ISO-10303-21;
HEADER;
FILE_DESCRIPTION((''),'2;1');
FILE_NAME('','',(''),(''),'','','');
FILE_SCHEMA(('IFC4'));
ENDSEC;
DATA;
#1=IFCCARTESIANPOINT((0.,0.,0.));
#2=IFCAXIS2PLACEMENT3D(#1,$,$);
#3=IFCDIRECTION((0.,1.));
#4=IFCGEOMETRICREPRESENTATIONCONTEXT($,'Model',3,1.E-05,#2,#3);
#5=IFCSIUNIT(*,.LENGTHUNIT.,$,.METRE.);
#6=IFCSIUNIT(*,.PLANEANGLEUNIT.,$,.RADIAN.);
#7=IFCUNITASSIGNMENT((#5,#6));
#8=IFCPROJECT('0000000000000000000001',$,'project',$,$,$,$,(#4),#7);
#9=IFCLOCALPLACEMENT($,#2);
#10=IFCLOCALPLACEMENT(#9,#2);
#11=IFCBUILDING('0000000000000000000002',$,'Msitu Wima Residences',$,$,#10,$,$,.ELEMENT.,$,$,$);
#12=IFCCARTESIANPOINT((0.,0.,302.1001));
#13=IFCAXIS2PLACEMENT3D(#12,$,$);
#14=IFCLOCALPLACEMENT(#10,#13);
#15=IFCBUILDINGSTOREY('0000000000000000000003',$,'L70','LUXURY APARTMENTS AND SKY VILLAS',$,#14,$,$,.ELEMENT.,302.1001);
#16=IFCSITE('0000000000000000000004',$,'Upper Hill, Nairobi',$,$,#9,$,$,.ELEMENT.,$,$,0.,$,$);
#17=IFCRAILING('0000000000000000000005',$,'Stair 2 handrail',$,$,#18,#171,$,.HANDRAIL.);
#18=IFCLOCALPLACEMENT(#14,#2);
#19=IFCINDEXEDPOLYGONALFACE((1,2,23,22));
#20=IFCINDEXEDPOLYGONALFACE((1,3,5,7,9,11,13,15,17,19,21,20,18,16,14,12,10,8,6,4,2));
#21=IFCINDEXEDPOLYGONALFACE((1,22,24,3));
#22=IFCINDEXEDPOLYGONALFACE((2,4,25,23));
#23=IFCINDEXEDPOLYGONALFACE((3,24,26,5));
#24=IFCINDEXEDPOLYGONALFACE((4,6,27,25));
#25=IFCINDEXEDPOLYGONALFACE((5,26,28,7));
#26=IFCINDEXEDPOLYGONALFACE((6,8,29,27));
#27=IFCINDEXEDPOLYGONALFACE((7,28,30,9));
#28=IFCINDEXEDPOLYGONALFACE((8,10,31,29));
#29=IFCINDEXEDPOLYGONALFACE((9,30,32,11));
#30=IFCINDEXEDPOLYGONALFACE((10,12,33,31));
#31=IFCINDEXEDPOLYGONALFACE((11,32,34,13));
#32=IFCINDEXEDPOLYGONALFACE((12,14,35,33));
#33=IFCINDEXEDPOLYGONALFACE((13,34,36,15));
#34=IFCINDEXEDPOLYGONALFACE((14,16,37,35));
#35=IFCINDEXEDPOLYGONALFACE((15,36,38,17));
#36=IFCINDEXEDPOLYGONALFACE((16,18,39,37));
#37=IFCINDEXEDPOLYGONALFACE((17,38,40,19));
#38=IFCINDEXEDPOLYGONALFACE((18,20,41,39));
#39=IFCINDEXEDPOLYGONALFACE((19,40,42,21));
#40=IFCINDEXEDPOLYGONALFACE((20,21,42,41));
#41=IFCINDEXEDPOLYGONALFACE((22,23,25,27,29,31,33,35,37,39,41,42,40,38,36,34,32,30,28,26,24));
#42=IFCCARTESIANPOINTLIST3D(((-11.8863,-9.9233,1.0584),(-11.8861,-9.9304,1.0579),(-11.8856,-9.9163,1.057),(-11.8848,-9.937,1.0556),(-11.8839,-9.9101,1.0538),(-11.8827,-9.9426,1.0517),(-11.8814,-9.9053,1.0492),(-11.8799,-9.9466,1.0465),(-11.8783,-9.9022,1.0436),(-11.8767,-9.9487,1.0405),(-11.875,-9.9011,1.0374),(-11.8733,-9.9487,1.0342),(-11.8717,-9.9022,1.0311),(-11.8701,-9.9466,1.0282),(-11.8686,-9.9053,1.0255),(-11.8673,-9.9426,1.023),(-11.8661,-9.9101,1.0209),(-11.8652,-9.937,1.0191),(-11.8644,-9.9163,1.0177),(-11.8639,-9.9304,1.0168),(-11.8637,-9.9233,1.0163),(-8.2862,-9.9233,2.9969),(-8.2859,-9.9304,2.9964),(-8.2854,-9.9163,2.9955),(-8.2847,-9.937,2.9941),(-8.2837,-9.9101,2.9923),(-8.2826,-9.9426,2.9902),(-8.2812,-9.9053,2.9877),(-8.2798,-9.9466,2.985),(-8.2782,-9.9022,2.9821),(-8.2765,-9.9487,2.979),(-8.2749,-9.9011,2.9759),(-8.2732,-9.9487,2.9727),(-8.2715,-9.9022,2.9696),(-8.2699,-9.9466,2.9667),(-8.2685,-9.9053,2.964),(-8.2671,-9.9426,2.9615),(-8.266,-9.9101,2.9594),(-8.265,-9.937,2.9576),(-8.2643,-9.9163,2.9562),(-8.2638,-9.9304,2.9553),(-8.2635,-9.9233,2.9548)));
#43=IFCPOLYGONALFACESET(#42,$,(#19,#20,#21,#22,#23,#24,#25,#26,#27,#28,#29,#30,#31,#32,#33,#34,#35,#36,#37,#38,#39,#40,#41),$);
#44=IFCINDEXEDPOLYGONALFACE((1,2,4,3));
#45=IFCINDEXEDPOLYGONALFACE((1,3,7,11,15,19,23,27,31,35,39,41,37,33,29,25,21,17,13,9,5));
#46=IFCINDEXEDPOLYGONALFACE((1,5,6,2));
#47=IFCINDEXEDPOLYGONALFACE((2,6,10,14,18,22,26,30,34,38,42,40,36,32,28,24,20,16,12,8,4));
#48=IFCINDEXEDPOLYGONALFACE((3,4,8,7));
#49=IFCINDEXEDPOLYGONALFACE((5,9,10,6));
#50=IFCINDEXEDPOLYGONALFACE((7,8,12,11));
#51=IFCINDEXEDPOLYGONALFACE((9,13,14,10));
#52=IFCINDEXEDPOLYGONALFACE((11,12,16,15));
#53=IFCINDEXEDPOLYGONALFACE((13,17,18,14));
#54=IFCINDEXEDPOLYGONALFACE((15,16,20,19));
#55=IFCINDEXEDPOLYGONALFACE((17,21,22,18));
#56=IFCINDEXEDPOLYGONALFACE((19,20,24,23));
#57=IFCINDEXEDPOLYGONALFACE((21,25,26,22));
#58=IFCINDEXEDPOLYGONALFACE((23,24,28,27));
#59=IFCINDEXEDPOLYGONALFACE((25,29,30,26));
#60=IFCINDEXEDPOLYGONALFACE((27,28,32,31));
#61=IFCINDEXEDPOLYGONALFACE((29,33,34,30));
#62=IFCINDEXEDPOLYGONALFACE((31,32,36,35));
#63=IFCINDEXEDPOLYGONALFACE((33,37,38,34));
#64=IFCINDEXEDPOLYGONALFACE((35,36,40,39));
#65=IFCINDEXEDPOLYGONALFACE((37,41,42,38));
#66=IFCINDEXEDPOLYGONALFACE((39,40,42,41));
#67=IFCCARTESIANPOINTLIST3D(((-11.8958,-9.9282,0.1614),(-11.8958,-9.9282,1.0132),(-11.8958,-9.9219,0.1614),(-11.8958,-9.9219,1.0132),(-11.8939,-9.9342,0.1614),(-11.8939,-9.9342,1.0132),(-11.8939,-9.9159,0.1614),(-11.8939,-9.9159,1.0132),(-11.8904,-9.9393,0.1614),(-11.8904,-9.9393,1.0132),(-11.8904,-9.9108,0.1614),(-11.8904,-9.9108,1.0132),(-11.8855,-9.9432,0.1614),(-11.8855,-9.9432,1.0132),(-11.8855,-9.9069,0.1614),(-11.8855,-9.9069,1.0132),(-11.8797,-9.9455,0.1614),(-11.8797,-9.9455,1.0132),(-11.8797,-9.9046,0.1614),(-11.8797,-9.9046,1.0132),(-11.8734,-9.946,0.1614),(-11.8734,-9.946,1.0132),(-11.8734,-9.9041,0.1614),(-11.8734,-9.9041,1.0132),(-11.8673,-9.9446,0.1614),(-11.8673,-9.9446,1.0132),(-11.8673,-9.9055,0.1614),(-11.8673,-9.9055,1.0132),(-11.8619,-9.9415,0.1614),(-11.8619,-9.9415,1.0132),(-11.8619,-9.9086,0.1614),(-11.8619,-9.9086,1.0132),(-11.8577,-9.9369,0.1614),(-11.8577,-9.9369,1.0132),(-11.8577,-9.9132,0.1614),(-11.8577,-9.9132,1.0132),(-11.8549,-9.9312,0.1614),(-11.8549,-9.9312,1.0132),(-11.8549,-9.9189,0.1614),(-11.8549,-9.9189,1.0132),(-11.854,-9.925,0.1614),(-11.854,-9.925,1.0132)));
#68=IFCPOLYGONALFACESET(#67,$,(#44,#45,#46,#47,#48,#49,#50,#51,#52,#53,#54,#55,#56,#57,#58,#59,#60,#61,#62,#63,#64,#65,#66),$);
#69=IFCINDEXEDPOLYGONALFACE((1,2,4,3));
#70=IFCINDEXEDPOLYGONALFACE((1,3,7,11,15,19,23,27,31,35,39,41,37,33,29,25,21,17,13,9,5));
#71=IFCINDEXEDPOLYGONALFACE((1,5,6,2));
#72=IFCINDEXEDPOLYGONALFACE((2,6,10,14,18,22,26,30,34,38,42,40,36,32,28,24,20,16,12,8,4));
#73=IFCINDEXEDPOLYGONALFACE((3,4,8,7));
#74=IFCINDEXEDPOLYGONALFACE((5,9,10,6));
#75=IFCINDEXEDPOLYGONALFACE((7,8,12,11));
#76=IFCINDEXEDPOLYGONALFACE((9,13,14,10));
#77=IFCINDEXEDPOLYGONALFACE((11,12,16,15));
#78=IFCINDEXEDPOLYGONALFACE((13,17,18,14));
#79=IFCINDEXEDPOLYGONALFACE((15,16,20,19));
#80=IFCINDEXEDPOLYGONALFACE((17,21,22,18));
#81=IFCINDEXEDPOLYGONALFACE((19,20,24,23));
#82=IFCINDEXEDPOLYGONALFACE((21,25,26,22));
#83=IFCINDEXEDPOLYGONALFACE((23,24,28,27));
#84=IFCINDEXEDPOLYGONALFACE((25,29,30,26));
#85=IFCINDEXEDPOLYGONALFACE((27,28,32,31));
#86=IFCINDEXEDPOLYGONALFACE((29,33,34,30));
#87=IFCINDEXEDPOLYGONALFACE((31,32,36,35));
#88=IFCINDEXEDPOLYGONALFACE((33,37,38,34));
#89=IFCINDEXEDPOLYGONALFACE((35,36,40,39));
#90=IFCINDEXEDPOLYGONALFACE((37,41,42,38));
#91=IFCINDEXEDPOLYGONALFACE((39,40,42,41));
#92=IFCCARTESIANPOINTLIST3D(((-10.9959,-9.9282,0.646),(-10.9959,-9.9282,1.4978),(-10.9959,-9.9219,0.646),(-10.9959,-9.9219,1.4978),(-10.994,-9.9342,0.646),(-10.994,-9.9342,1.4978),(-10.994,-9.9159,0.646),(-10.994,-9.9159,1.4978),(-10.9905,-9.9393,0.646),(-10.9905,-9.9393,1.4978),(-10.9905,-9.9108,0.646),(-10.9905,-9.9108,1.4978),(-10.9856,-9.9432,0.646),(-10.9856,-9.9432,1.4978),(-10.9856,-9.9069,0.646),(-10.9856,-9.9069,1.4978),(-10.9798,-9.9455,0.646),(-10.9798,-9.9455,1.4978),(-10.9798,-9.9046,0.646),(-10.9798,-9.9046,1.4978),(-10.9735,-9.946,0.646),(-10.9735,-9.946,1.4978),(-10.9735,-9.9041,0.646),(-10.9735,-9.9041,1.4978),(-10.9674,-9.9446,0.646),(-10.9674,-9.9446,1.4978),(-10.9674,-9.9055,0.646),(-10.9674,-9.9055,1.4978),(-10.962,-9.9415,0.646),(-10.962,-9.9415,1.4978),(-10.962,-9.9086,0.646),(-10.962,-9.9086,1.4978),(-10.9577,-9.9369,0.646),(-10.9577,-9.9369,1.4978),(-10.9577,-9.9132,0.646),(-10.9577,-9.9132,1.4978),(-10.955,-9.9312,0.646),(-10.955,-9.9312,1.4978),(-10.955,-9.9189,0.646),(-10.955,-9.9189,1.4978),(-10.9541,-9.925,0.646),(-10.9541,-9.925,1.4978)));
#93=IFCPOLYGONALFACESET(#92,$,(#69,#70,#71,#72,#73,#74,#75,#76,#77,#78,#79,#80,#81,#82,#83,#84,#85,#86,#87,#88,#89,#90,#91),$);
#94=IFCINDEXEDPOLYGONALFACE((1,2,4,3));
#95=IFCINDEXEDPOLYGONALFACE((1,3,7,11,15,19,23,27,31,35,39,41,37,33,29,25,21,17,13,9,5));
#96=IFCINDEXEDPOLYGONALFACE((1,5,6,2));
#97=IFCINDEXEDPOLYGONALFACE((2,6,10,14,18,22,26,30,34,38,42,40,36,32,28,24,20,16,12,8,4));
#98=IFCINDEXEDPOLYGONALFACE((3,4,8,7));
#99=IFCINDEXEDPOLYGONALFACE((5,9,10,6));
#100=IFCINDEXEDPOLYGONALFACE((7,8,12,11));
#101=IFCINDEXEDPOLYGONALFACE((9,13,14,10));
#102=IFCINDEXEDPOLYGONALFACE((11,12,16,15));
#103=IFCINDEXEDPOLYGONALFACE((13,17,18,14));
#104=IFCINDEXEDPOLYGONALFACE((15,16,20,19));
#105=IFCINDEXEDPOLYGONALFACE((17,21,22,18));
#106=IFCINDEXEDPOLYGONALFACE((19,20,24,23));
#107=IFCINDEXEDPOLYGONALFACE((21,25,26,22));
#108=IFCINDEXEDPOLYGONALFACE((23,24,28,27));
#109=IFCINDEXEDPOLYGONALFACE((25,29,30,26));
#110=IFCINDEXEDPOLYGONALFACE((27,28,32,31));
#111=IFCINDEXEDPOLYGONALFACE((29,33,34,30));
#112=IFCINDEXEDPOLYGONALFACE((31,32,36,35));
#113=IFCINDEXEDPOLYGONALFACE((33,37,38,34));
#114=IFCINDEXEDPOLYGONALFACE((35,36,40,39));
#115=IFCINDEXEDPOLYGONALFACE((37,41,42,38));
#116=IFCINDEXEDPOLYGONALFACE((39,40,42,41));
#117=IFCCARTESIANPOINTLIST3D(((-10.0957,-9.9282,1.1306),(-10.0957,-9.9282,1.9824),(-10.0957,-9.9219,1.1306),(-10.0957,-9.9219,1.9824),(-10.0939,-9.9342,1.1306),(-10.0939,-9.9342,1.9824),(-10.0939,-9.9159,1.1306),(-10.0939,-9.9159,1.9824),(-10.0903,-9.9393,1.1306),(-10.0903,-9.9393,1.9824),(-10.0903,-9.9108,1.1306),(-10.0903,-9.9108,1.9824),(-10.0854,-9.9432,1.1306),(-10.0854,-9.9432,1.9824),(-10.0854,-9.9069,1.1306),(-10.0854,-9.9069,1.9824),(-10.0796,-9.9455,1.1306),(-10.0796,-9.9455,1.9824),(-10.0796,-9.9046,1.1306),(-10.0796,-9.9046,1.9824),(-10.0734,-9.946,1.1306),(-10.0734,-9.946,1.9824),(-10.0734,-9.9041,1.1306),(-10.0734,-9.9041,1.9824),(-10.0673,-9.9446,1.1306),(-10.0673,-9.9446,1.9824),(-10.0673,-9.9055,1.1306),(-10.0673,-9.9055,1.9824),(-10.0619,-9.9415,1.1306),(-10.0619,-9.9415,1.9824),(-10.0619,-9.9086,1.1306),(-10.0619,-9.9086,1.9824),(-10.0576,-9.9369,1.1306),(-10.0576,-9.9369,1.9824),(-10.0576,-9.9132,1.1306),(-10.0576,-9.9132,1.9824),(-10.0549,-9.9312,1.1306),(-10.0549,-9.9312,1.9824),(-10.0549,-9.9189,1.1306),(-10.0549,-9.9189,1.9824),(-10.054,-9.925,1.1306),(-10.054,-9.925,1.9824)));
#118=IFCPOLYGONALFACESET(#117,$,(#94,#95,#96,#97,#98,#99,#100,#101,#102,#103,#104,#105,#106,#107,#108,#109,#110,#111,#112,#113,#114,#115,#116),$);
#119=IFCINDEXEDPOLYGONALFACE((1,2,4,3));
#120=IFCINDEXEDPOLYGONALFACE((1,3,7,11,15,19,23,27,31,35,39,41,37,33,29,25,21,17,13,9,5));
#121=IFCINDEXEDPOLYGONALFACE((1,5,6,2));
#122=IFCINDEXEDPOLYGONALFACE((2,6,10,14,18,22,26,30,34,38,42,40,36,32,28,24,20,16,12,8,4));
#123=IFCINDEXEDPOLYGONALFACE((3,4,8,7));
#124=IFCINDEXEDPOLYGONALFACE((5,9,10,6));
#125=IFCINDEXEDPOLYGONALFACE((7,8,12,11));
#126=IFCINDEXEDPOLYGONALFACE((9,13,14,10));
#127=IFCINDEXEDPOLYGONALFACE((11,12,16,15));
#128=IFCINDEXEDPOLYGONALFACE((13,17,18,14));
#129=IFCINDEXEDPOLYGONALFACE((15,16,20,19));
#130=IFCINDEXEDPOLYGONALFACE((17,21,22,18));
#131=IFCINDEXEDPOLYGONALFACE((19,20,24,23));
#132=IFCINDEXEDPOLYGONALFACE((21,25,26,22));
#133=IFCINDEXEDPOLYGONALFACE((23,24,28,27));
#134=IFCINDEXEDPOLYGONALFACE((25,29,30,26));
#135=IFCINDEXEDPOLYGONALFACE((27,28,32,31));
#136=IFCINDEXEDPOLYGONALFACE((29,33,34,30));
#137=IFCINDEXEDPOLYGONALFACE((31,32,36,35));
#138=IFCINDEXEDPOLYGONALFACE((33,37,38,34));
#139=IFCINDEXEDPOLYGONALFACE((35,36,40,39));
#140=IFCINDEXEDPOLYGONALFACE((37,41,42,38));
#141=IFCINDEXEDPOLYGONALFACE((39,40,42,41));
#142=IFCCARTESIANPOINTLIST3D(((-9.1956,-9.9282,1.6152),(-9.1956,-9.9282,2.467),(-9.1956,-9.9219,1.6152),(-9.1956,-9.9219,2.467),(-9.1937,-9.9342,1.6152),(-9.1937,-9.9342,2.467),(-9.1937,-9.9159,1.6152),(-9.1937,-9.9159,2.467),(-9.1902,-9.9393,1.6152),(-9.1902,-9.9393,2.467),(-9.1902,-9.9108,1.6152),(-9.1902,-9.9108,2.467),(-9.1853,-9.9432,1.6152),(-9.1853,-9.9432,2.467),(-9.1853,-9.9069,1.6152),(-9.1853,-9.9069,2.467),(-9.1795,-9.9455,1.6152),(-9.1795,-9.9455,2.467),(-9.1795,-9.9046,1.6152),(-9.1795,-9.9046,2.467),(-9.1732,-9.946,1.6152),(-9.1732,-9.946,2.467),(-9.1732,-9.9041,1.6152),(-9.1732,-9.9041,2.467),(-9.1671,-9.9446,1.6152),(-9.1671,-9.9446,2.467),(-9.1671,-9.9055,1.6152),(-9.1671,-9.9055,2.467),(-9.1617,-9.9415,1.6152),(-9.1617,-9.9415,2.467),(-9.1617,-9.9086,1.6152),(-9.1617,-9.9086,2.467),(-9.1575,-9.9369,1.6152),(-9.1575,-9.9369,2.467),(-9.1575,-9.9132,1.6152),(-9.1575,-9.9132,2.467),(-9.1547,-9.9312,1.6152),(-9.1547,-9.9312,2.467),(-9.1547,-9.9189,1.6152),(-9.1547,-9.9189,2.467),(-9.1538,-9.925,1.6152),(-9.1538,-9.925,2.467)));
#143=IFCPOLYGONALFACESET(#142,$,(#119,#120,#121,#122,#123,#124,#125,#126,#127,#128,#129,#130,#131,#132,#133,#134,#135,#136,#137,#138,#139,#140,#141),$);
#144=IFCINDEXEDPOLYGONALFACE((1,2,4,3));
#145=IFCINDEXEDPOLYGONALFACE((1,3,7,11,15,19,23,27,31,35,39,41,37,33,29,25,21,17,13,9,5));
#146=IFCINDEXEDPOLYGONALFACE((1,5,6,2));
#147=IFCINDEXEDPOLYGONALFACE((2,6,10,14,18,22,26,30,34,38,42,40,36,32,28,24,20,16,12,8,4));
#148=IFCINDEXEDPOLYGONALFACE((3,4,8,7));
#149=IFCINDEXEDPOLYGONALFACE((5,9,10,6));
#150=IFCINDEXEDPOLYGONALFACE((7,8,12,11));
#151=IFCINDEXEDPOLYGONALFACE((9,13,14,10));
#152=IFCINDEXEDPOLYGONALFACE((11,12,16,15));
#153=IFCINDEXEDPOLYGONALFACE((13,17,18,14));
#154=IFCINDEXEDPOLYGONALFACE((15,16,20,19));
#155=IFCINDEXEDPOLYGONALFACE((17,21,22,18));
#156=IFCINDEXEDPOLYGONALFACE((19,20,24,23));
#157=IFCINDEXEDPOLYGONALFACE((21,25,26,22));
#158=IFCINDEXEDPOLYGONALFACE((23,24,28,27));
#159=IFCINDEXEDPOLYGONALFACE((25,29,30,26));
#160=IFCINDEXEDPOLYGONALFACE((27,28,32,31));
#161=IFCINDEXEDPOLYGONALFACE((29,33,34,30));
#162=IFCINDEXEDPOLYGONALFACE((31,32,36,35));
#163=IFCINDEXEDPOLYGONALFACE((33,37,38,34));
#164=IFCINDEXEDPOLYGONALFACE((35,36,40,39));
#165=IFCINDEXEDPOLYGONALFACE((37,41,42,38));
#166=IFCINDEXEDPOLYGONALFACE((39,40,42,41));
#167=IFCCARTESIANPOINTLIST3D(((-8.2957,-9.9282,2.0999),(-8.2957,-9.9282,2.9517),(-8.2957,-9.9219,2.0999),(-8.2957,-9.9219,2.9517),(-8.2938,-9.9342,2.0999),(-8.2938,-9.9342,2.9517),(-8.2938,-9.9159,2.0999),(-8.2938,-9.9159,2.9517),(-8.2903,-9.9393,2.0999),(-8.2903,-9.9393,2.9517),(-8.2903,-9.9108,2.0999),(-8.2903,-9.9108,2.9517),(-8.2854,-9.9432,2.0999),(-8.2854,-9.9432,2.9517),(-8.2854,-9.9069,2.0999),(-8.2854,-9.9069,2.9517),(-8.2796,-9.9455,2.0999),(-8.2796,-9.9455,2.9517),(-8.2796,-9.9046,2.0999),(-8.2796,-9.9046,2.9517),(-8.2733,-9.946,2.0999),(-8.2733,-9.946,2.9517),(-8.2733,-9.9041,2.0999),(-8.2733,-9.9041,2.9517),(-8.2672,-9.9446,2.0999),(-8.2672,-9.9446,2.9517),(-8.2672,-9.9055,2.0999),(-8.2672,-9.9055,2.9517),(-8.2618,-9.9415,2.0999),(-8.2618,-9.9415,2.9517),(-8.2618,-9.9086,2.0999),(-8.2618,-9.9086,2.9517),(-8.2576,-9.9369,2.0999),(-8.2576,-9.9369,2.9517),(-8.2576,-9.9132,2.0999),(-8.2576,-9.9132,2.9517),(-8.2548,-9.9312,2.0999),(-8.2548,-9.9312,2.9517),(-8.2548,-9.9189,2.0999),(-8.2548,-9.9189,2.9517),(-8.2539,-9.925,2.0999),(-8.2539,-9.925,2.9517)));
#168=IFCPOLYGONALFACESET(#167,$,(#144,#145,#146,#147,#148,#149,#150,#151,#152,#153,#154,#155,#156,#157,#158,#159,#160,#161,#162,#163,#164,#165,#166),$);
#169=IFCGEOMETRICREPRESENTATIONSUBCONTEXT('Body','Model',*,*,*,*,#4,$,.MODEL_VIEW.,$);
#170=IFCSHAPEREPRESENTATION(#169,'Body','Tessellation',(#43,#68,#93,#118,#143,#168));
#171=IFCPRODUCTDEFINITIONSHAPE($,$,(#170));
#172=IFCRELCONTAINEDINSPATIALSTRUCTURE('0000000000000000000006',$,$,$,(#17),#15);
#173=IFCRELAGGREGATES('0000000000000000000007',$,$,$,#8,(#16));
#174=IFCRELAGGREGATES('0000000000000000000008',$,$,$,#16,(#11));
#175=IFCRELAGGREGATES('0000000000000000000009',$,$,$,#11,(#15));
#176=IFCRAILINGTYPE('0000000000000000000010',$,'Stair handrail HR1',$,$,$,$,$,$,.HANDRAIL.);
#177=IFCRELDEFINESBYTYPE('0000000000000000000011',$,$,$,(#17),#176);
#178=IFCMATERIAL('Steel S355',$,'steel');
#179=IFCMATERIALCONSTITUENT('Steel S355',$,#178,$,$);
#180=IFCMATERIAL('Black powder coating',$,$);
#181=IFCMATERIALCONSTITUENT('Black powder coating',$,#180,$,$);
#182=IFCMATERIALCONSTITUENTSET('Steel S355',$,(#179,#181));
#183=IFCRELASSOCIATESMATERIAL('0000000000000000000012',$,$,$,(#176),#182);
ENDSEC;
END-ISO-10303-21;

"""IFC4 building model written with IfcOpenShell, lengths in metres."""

from ifc_helpers import new_model, si_unit, direction, frame, origin, origin_2d, place, context, subcontext, project, spatial, circle, extrude, material, constituent, constituent_set, type_object, element, save


model = new_model("IFC4")

# Units and contexts
model_context = context("Model", 3, precision=1e-05, world=origin(), true_north=direction((0.0, 1.0)))
body_context = subcontext(model_context, "Body", "Model", "MODEL_VIEW")
ifc_project = project(units=[si_unit("LENGTHUNIT", "METRE"), si_unit("PLANEANGLEUNIT", "RADIAN")], contexts=[model_context])

# Site, building, storey
site_placement = place(None, origin())
site = spatial("IfcSite", under=ifc_project, at=site_placement, Name="Upper Hill, Nairobi", CompositionType="ELEMENT", RefElevation=0.0)
building_placement = place(site_placement, origin())
building = spatial("IfcBuilding", under=site, at=building_placement, Name="Msitu Wima Residences", CompositionType="ELEMENT")
storey_placement = place(building_placement, frame((0.0, 0.0, 302.1001)))
storey = spatial("IfcBuildingStorey", under=building, at=storey_placement, Name="L70", Description="LUXURY APARTMENTS AND SKY VILLAS", CompositionType="ELEMENT", Elevation=302.1001)

# Railing
ifc_material_1 = material(Name="Steel S355", Category="steel")
ifc_constituent_1 = constituent(ifc_material_1, Name="Steel S355")
ifc_material_2 = material(Name="Black powder coating")
ifc_constituent_2 = constituent(ifc_material_2, Name="Black powder coating")
ifc_constituent_set = constituent_set(constituents=[ifc_constituent_1, ifc_constituent_2], Name="Steel S355")
railing_type = type_object("IfcRailingType", Name="Stair handrail HR1", PredefinedType="HANDRAIL", material=ifc_constituent_set)
for number, where, name in (
    (1, (-11.875, -9.925, 0.1614), "Stair 2 handrail"),
):
    element("IfcRailing", number, at=place(storey_placement, frame(where)), inside=storey, type_object=railing_type, Name=name, PredefinedType="HANDRAIL", context=body_context, shape_type="SweptSolid", body=[
        extrude(circle(Radius=0.0239, at=origin_2d()), frame((0.0, 0.0, 0.876), z_axis=(0.880475, 0.0, 0.474093), x_axis=(0.0, 1.0, 0.0)), (0.0, 0.0, 1.0), 4.0889),
        extrude(circle(Radius=0.021, at=origin_2d()), origin(), (0.0, 0.0, 1.0), 0.8518),
        extrude(circle(Radius=0.021, at=origin_2d()), frame((0.8999, 0.0, 0.4846)), (0.0, 0.0, 1.0), 0.8518),
        extrude(circle(Radius=0.021, at=origin_2d()), frame((1.8, 0.0, 0.9692)), (0.0, 0.0, 1.0), 0.8518),
        extrude(circle(Radius=0.021, at=origin_2d()), frame((2.7002, 0.0, 1.4539)), (0.0, 0.0, 1.0), 0.8518),
        extrude(circle(Radius=0.021, at=origin_2d()), frame((3.6001, 0.0, 1.9385)), (0.0, 0.0, 1.0), 0.8518),
    ])

save(model, "model.ifc")
